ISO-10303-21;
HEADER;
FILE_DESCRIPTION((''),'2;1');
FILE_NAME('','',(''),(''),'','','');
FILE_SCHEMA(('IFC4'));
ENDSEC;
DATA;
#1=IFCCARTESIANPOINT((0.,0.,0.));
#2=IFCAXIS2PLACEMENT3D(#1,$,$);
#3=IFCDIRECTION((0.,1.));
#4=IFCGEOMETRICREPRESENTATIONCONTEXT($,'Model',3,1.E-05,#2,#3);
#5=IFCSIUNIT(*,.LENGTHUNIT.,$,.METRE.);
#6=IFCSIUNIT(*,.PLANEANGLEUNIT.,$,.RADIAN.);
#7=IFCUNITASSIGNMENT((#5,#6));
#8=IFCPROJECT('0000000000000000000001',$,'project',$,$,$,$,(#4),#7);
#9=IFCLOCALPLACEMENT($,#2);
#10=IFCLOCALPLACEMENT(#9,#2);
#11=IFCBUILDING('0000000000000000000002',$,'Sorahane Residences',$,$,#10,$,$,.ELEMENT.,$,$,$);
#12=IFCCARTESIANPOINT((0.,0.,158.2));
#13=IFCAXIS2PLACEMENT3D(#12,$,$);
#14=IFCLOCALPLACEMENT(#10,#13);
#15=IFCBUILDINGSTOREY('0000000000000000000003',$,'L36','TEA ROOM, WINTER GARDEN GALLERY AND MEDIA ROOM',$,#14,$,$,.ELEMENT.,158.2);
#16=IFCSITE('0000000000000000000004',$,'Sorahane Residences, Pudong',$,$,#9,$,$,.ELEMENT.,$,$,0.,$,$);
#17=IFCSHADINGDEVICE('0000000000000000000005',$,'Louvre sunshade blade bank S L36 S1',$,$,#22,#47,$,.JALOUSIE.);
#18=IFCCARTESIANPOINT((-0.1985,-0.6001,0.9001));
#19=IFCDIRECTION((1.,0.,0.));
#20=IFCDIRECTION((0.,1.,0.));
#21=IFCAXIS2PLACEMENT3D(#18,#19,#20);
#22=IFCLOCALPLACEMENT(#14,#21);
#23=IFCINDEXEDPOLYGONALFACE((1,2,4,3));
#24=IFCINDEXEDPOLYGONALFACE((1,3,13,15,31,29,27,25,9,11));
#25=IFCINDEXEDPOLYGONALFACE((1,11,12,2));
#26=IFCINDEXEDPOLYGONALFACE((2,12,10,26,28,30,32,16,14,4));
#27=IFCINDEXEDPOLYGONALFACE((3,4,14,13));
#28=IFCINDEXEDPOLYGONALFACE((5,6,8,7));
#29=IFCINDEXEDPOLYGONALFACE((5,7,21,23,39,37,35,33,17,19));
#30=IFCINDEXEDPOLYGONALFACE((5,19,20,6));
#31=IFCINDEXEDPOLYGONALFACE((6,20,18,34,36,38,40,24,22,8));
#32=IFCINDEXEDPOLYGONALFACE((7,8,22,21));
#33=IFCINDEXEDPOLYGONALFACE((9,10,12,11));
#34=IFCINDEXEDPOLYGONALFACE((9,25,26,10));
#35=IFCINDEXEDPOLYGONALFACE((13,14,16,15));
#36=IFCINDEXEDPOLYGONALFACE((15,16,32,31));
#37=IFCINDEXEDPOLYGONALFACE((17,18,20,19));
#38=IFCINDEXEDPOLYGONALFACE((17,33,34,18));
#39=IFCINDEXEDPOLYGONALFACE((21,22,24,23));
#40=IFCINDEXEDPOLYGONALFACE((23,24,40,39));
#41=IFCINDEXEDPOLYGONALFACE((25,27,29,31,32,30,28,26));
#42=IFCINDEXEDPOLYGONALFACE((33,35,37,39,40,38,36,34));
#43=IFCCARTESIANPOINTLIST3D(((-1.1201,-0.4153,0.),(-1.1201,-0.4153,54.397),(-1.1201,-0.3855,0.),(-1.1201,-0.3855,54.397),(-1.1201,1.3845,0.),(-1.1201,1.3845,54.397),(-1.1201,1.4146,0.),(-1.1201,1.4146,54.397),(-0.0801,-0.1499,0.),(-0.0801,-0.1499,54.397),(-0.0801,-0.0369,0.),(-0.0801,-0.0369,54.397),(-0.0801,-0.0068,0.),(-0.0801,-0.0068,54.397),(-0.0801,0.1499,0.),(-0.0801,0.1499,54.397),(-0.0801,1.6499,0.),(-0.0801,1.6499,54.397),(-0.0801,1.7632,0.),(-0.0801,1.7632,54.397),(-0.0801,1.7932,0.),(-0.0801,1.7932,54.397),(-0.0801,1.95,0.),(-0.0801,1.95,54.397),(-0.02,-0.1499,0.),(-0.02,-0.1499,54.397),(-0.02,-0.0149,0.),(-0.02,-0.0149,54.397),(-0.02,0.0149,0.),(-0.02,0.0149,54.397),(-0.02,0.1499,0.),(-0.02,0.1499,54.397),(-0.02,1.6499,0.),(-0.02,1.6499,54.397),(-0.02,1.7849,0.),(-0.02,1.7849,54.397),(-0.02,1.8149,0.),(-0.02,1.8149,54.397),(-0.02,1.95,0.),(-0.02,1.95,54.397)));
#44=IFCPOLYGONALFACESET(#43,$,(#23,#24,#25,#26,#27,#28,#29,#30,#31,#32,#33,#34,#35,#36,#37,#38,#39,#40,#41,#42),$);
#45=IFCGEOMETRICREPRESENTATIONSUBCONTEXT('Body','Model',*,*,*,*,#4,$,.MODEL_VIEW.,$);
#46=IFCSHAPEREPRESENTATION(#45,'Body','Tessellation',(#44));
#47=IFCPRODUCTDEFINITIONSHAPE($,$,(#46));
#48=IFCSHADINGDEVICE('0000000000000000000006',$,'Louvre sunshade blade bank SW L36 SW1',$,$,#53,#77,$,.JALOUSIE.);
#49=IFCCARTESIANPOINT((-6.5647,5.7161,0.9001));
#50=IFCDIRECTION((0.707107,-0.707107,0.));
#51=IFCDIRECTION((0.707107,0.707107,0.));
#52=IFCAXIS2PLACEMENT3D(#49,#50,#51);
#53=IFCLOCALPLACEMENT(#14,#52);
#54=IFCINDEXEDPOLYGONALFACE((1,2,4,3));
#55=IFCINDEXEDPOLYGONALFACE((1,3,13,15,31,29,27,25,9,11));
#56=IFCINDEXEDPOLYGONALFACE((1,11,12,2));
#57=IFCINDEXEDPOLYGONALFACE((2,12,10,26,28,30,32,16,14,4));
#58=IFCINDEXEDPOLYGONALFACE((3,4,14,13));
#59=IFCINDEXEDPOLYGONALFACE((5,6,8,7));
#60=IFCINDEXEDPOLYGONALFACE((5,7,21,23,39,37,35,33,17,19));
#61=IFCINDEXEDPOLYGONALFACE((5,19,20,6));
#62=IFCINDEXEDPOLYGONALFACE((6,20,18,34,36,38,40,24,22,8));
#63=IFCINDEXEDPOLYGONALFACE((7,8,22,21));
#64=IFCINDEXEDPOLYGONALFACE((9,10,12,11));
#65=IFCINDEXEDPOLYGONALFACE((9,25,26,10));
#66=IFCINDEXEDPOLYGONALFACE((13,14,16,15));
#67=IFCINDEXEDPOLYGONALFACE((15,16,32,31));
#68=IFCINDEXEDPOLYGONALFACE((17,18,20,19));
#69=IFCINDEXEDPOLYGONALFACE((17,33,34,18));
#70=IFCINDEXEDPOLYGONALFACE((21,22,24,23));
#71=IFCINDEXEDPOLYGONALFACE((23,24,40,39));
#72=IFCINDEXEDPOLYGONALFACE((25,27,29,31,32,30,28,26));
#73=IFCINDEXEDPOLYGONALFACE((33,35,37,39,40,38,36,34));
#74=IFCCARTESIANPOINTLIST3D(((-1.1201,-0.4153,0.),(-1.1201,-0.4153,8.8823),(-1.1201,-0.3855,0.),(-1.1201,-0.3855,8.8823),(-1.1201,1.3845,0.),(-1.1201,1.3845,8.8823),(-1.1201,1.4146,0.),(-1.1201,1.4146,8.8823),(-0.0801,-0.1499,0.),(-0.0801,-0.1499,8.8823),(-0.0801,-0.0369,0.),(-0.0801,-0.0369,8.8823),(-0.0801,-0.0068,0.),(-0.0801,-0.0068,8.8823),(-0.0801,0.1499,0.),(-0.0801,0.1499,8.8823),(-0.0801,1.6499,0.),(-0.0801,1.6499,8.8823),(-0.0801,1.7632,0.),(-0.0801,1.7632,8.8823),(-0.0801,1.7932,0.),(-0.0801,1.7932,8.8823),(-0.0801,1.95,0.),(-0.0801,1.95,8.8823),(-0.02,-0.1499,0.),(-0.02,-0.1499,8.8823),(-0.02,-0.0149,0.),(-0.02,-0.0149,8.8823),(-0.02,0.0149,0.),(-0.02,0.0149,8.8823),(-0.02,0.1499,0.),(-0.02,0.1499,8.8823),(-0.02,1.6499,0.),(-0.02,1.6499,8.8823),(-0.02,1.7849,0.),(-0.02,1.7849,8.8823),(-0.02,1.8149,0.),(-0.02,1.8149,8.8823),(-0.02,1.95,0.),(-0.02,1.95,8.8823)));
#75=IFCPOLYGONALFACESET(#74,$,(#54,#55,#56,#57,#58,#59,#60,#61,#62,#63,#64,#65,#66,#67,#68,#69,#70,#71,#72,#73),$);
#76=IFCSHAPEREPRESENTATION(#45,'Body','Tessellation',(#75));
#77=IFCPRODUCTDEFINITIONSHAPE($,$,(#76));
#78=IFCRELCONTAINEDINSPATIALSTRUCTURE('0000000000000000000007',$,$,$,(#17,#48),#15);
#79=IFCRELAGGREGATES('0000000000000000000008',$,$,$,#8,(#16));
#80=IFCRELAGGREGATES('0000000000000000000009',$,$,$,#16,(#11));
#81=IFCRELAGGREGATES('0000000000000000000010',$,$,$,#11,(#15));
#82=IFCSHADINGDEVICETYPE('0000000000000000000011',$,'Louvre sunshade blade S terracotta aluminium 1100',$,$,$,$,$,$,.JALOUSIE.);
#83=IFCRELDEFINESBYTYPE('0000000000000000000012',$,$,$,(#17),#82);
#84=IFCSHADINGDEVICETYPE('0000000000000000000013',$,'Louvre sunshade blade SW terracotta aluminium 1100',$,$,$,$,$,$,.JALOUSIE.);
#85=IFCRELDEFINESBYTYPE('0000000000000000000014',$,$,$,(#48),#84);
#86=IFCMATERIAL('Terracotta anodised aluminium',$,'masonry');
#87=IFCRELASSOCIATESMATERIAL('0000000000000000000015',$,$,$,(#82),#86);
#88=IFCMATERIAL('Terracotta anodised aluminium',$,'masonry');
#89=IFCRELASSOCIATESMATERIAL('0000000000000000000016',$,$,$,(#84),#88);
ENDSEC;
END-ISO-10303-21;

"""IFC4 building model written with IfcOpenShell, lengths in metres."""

from ifc_helpers import new_model, si_unit, direction, frame, origin, place, context, subcontext, project, spatial, polyline, outline, composite_profile, extrude, material, type_object, element, save


model = new_model("IFC4")

# Units and contexts
model_context = context("Model", 3, precision=1e-05, world=origin(), true_north=direction((0.0, 1.0)))
body_context = subcontext(model_context, "Body", "Model", "MODEL_VIEW")
ifc_project = project(units=[si_unit("LENGTHUNIT", "METRE"), si_unit("PLANEANGLEUNIT", "RADIAN")], contexts=[model_context])

# Site, building, storey
site_placement = place(None, origin())
site = spatial("IfcSite", under=ifc_project, at=site_placement, Name="Sorahane Residences, Pudong", CompositionType="ELEMENT", RefElevation=0.0)
building_placement = place(site_placement, origin())
building = spatial("IfcBuilding", under=site, at=building_placement, Name="Sorahane Residences", CompositionType="ELEMENT")
storey_placement = place(building_placement, frame((0.0, 0.0, 158.2)))
storey = spatial("IfcBuildingStorey", under=building, at=storey_placement, Name="L36", Description="TEA ROOM, WINTER GARDEN GALLERY AND MEDIA ROOM", CompositionType="ELEMENT", Elevation=158.2)

# Shading devices
ifc_material_1 = material(Name="Terracotta anodised aluminium", Category="masonry")
shading_device_type_1 = type_object("IfcShadingDeviceType", Name="Louvre sunshade blade S terracotta aluminium 1100", PredefinedType="JALOUSIE", material=ifc_material_1)
shading_device_1_placement = place(storey_placement, frame((-0.1985, -0.6001, 0.9001), z_axis=(1.0, 0.0, 0.0), x_axis=(0.0, 1.0, 0.0)))
element("IfcShadingDevice", 1, at=shading_device_1_placement, inside=storey, type_object=shading_device_type_1, Name="Louvre sunshade blade bank S L36 S1", PredefinedType="JALOUSIE", context=body_context, shape_type="SweptSolid", body=[
    extrude(composite_profile([outline(polyline([(-1.1201, -0.3855), (-1.1201, -0.4153), (-0.0801, -0.0369), (-0.0801, -0.1499), (-0.02, -0.1499), (-0.02, -0.0149), (-0.02, 0.0149), (-0.02, 0.1499), (-0.0801, 0.1499), (-0.0801, -0.0068), (-1.1201, -0.3855)])), outline(polyline([(-1.1201, 1.4146), (-1.1201, 1.3845), (-0.0801, 1.7632), (-0.0801, 1.6499), (-0.02, 1.6499), (-0.02, 1.7849), (-0.02, 1.8149), (-0.02, 1.95), (-0.0801, 1.95), (-0.0801, 1.7932), (-1.1201, 1.4146)]))]), origin(), (0.0, 0.0, 1.0), 54.397),
])
ifc_material_2 = material(Name="Terracotta anodised aluminium", Category="masonry")
shading_device_type_2 = type_object("IfcShadingDeviceType", Name="Louvre sunshade blade SW terracotta aluminium 1100", PredefinedType="JALOUSIE", material=ifc_material_2)
shading_device_2_placement = place(storey_placement, frame((-6.5647, 5.7161, 0.9001), z_axis=(0.707107, -0.707107, 0.0), x_axis=(0.707107, 0.707107, 0.0)))
element("IfcShadingDevice", 2, at=shading_device_2_placement, inside=storey, type_object=shading_device_type_2, Name="Louvre sunshade blade bank SW L36 SW1", PredefinedType="JALOUSIE", context=body_context, shape_type="SweptSolid", body=[
    extrude(composite_profile([outline(polyline([(-1.1201, -0.3855), (-1.1201, -0.4153), (-0.0801, -0.0369), (-0.0801, -0.1499), (-0.02, -0.1499), (-0.02, -0.0149), (-0.02, 0.0149), (-0.02, 0.1499), (-0.0801, 0.1499), (-0.0801, -0.0068), (-1.1201, -0.3855)])), outline(polyline([(-1.1201, 1.4146), (-1.1201, 1.3845), (-0.0801, 1.7632), (-0.0801, 1.6499), (-0.02, 1.6499), (-0.02, 1.7849), (-0.02, 1.8149), (-0.02, 1.95), (-0.0801, 1.95), (-0.0801, 1.7932), (-1.1201, 1.4146)]))]), origin(), (0.0, 0.0, 1.0), 8.8823),
])

save(model, "model.ifc")
